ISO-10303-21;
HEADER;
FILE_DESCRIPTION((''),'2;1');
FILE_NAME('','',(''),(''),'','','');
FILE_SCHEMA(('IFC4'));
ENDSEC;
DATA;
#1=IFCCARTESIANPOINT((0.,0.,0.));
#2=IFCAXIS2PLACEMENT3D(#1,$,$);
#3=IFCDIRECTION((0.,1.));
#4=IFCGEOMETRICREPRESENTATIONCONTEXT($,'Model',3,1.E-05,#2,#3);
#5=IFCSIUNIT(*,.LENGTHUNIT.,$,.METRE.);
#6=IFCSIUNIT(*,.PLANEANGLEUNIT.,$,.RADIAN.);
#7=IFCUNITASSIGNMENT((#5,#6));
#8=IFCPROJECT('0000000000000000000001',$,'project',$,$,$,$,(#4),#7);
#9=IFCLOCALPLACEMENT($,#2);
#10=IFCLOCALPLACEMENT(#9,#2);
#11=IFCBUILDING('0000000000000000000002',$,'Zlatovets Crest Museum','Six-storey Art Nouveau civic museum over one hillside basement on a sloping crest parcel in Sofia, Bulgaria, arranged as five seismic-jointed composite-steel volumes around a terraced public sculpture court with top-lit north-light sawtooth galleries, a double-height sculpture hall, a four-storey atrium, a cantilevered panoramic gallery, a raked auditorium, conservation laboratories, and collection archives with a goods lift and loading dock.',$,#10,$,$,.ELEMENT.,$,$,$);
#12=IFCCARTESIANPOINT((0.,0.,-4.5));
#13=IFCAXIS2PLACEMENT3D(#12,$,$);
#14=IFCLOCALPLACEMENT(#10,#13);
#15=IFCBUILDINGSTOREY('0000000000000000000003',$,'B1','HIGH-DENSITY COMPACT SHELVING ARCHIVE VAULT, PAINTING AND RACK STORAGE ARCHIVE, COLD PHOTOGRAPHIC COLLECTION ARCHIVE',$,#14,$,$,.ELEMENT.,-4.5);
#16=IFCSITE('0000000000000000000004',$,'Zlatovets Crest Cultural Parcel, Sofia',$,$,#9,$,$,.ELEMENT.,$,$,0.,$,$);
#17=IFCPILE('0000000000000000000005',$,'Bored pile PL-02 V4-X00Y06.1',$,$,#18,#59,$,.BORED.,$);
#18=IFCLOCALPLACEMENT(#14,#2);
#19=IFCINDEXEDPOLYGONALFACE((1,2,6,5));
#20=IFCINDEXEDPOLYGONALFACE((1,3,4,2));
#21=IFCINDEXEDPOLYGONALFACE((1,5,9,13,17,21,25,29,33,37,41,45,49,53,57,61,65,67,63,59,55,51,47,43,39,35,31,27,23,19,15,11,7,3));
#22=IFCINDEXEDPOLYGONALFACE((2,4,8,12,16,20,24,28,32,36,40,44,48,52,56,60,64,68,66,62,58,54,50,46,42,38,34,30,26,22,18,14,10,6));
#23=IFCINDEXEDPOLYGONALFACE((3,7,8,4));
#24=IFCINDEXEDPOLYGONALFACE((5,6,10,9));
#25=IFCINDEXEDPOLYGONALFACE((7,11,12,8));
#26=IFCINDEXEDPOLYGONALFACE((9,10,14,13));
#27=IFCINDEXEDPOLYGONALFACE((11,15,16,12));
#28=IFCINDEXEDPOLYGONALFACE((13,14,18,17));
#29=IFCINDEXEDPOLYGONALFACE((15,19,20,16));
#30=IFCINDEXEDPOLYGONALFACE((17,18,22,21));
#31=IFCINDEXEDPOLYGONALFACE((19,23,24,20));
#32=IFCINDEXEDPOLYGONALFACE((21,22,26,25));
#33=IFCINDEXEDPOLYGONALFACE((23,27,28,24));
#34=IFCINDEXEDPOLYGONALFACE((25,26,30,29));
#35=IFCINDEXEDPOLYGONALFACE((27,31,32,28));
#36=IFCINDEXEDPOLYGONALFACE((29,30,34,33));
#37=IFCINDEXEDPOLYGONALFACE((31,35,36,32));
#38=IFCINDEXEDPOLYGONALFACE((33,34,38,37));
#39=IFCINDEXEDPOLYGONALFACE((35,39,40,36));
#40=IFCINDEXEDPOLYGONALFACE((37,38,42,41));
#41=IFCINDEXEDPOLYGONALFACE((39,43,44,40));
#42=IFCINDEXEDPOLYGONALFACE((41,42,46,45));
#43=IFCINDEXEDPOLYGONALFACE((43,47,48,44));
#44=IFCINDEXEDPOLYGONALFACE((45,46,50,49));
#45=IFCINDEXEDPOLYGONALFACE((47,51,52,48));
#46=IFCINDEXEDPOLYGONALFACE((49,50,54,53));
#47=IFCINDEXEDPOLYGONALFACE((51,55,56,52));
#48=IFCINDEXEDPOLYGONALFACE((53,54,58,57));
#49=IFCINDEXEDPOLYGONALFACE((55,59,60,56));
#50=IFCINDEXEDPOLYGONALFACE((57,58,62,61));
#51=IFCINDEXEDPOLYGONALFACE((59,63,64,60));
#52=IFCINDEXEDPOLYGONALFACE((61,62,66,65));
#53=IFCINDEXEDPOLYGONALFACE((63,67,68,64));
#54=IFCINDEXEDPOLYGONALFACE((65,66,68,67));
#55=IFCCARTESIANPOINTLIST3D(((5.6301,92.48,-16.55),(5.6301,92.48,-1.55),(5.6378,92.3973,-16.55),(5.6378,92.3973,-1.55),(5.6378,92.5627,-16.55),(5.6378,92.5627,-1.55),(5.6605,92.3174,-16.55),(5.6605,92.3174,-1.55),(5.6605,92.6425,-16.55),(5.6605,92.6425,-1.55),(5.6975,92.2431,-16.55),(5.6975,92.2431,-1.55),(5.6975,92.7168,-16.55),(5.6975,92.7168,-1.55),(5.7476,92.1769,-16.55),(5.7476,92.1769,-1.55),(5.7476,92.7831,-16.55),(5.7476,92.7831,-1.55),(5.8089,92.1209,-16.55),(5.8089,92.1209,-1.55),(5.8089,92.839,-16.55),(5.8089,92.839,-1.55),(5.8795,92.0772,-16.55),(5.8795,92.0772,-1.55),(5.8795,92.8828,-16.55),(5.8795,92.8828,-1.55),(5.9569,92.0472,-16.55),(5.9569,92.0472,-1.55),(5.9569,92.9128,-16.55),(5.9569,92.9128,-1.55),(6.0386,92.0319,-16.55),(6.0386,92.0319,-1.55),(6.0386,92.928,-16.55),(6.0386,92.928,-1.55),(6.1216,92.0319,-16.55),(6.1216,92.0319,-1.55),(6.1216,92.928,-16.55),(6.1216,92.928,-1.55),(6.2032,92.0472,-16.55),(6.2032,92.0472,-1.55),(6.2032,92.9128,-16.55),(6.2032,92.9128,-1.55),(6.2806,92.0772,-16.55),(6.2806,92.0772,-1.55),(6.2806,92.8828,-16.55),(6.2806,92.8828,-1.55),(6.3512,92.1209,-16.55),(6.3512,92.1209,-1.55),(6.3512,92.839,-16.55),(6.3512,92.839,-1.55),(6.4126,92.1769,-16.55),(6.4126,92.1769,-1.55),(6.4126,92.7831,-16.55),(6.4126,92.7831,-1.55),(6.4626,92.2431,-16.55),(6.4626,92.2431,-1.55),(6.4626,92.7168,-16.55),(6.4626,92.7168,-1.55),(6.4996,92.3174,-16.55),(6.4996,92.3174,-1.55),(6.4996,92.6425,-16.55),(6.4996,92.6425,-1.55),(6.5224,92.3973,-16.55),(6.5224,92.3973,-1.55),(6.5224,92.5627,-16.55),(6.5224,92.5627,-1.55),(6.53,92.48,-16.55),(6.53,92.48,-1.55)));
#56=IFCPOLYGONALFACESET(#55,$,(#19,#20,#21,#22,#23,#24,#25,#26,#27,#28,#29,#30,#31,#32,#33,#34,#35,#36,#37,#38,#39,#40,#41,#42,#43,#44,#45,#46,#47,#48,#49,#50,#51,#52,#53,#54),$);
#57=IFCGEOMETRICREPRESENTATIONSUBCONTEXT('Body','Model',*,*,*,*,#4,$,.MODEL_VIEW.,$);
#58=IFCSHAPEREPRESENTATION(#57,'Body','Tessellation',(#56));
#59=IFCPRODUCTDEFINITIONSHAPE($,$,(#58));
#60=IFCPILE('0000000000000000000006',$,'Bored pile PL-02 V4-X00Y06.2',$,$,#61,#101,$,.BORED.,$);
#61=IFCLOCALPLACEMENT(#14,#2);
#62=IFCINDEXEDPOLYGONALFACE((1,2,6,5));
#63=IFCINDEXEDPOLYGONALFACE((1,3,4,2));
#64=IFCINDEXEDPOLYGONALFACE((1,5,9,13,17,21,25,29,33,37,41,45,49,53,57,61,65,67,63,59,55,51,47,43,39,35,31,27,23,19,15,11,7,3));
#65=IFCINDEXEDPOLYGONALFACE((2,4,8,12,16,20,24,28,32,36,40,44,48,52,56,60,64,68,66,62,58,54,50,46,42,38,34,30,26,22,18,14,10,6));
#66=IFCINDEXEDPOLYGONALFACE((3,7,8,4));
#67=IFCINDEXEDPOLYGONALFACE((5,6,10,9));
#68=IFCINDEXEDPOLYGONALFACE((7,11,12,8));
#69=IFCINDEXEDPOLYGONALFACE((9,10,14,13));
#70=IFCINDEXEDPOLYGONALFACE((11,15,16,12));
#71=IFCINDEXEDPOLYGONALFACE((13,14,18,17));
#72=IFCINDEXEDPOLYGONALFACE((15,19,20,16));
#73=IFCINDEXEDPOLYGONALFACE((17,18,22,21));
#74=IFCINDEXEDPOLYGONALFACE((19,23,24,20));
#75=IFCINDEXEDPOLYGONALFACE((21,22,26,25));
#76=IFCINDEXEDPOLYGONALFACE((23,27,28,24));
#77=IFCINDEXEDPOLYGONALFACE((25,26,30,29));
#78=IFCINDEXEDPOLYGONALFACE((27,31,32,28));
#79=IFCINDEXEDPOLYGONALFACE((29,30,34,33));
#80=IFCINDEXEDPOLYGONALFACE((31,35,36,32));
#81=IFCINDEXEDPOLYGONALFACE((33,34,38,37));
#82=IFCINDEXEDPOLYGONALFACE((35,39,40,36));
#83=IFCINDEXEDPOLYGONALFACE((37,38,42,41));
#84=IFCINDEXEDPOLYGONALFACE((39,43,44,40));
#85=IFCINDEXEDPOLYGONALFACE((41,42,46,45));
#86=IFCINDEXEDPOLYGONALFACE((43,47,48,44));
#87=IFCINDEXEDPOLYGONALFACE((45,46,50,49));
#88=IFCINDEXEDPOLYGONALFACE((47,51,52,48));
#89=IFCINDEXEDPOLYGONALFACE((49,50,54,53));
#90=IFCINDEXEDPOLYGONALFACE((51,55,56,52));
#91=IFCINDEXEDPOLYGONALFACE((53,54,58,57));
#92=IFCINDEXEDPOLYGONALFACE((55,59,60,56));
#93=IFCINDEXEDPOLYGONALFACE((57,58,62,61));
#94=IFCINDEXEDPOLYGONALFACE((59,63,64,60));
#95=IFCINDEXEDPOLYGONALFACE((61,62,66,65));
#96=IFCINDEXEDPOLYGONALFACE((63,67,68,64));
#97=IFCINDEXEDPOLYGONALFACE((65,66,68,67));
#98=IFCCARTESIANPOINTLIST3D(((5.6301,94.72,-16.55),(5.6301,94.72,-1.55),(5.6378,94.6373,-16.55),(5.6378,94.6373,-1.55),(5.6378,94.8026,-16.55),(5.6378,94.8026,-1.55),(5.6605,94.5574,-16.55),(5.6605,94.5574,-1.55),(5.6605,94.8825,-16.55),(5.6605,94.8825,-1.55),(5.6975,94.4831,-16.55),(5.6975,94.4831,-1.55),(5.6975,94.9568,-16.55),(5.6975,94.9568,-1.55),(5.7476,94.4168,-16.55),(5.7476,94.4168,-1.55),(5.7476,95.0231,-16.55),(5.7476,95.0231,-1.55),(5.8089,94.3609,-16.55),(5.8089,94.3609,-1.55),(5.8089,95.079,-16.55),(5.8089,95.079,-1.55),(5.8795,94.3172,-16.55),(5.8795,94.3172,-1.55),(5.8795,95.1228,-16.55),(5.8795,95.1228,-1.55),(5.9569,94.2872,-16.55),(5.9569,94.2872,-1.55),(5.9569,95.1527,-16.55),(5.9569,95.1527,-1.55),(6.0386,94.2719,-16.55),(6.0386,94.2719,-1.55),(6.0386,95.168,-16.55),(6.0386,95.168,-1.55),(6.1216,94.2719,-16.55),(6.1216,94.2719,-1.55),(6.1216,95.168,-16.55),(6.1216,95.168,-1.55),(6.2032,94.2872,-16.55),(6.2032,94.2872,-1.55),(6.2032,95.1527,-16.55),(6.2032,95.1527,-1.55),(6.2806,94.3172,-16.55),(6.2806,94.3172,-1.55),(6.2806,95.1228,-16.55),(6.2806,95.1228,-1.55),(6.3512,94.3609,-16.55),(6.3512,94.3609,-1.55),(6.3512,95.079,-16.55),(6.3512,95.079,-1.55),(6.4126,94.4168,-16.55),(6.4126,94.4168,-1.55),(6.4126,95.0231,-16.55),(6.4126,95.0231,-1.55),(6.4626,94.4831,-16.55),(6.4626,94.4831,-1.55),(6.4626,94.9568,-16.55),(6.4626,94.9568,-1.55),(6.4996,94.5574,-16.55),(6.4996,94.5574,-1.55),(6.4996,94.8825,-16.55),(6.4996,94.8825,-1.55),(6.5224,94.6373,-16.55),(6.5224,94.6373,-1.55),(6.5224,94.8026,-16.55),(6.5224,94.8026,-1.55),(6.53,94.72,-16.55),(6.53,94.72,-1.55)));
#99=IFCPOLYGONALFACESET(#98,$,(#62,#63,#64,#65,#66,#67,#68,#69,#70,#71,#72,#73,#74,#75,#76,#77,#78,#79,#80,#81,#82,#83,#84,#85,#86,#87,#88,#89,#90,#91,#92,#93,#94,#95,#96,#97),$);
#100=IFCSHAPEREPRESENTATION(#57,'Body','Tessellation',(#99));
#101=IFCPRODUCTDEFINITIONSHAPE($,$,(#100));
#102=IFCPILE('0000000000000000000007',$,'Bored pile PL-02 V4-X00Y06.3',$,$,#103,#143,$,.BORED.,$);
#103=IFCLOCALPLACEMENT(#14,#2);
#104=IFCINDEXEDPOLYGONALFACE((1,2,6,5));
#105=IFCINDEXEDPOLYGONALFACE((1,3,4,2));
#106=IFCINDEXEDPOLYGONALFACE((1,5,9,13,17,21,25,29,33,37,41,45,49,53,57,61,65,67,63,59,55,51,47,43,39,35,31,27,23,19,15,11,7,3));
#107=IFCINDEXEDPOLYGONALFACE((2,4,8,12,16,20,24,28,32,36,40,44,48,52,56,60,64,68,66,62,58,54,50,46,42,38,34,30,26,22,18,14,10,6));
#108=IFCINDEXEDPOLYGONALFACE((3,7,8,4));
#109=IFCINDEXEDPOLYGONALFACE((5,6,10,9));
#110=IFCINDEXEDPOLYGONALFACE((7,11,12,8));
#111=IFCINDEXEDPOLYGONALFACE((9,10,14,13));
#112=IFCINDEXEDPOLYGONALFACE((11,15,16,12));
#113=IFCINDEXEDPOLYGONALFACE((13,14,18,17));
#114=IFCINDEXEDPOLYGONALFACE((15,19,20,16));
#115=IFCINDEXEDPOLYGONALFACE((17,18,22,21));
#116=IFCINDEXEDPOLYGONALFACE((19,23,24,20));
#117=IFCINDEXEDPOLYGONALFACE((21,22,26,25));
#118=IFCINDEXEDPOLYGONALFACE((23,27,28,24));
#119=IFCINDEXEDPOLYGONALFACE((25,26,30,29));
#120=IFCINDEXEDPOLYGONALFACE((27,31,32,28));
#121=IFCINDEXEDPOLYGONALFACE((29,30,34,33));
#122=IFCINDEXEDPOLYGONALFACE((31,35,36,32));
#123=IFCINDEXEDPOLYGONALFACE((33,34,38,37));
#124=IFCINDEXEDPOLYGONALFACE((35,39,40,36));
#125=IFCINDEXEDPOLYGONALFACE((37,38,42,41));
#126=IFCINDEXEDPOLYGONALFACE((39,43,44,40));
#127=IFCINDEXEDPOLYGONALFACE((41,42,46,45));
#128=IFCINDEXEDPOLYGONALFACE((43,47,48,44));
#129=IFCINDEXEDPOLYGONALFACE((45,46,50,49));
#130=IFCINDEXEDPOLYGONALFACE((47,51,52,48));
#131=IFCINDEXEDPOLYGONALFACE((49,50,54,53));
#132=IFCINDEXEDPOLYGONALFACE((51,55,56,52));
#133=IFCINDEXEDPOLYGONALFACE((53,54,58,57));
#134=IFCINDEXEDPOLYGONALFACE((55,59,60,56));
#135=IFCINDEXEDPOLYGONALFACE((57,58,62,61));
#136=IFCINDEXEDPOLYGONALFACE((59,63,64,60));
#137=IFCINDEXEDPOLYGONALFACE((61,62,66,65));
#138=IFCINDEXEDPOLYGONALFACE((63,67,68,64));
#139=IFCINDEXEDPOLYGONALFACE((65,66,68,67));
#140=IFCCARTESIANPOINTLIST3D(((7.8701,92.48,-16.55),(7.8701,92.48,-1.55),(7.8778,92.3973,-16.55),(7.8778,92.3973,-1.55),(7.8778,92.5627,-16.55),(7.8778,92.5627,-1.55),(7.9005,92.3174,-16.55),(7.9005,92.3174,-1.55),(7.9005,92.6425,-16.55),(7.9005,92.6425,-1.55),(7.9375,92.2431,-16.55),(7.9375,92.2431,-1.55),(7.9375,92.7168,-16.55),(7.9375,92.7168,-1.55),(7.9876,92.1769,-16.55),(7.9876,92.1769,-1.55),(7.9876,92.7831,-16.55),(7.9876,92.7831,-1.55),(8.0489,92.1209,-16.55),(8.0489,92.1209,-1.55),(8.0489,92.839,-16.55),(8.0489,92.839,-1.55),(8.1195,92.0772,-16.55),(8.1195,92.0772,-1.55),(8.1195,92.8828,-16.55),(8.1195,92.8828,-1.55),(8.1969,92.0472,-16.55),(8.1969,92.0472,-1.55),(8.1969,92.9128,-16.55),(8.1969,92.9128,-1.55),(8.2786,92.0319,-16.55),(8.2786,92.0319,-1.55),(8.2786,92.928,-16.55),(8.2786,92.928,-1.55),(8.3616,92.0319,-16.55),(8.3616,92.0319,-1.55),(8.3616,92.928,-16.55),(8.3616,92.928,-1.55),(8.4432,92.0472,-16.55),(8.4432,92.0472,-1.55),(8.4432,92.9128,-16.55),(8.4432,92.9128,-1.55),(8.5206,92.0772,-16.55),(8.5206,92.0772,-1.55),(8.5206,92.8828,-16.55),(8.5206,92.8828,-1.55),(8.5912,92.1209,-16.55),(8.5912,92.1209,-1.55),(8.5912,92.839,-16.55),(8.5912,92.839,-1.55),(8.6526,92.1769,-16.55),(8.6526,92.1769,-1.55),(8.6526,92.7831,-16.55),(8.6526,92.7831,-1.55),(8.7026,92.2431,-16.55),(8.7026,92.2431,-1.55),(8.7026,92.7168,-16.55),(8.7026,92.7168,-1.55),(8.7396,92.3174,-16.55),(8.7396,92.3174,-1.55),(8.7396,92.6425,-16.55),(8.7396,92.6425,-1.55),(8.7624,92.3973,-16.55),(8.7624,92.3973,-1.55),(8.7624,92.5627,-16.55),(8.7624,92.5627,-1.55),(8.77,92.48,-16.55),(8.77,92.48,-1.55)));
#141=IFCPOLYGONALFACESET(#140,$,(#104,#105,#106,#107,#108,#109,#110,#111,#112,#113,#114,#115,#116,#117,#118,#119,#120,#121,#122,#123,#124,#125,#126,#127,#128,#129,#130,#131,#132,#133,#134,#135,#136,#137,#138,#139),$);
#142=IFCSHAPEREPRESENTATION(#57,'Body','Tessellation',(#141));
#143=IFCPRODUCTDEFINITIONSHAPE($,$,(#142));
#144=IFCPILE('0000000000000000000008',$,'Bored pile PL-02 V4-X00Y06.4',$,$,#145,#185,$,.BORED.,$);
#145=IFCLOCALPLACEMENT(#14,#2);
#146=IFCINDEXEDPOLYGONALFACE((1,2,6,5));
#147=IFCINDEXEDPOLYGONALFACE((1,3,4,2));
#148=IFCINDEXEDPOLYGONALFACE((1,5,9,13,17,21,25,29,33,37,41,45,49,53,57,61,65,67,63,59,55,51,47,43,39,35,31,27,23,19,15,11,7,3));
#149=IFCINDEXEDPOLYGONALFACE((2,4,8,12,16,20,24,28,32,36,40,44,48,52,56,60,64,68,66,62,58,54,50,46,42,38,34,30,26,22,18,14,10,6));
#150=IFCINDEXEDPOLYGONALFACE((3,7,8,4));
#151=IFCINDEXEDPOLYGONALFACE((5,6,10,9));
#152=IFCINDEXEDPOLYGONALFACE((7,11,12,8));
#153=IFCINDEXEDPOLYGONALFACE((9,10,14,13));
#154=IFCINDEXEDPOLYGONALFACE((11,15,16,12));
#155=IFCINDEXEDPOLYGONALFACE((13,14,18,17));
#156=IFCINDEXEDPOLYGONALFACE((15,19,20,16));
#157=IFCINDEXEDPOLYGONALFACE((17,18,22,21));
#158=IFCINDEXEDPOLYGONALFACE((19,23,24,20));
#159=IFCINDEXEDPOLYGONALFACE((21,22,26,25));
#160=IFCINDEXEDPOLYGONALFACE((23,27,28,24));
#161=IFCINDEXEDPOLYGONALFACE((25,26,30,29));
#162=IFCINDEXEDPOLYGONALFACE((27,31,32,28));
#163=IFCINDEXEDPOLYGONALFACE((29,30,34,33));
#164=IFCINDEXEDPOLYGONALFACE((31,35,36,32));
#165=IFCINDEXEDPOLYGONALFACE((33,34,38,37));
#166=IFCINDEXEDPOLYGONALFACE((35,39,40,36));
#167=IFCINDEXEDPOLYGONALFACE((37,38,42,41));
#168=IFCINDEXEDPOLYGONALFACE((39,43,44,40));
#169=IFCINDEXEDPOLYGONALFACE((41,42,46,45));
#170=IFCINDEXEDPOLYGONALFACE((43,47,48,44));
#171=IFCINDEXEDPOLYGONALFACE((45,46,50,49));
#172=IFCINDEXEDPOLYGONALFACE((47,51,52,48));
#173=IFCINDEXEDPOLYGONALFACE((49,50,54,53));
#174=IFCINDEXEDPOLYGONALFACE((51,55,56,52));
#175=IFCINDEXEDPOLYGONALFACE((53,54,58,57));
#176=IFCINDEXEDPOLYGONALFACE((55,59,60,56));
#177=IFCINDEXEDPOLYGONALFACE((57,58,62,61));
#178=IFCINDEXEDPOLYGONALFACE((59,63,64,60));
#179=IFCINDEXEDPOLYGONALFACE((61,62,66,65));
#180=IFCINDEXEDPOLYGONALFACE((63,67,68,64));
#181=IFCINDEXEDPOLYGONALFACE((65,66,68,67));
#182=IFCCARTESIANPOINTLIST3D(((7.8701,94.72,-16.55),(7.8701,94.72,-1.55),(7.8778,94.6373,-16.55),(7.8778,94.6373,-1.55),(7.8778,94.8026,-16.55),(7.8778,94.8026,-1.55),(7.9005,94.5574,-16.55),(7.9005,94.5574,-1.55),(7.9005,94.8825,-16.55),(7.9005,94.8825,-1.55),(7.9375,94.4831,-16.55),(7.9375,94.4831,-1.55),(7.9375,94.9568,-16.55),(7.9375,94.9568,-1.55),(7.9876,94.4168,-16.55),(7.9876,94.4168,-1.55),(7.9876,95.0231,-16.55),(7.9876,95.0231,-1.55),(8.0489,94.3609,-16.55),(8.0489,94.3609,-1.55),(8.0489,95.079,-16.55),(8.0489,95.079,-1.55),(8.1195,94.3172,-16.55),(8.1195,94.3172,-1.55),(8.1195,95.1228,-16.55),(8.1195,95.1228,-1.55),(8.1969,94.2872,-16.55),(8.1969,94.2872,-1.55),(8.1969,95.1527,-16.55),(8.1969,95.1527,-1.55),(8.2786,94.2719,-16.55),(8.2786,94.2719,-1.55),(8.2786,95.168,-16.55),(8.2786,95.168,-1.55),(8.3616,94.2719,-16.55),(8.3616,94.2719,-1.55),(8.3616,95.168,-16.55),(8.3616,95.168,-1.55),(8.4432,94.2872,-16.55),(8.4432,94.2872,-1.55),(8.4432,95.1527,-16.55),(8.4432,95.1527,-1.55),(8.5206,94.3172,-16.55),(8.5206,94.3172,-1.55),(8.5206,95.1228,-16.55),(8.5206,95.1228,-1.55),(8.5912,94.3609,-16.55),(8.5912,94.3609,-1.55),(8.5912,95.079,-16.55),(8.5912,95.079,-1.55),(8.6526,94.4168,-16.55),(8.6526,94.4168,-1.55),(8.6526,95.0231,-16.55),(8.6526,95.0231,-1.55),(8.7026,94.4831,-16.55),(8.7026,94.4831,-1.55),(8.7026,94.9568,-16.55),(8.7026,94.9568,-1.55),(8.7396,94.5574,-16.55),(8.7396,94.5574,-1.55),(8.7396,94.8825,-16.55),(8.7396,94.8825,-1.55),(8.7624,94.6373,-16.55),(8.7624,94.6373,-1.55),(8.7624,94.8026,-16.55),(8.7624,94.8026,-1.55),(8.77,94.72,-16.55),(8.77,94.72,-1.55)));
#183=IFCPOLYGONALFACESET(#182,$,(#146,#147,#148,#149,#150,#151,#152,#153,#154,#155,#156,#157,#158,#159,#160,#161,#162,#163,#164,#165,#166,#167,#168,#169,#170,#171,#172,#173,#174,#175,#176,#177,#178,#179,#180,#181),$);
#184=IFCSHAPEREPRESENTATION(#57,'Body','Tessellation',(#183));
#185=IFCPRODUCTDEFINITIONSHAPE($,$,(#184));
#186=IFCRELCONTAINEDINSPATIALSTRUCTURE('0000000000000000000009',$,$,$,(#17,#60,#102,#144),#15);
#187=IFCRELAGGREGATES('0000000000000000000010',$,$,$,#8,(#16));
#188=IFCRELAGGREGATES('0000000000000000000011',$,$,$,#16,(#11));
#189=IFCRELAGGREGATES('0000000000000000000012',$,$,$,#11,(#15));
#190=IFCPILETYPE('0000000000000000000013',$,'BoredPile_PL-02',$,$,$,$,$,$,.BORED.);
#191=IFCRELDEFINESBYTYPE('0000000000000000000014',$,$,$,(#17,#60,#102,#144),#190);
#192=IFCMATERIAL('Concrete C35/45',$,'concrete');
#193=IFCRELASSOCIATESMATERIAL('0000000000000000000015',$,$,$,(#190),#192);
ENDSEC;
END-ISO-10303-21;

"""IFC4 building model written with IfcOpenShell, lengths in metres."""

from ifc_helpers import new_model, si_unit, direction, frame, origin, origin_2d, place, context, subcontext, project, spatial, circle, extrude, material, material_profile, profile_set, type_object, element, save


model = new_model("IFC4")

# Units and contexts
model_context = context("Model", 3, precision=1e-05, world=origin(), true_north=direction((0.0, 1.0)))
body_context = subcontext(model_context, "Body", "Model", "MODEL_VIEW")
ifc_project = project(units=[si_unit("LENGTHUNIT", "METRE"), si_unit("PLANEANGLEUNIT", "RADIAN")], contexts=[model_context])

# Site, building, storey
site_placement = place(None, origin())
site = spatial("IfcSite", under=ifc_project, at=site_placement, Name="Zlatovets Crest Cultural Parcel, Sofia", CompositionType="ELEMENT", RefElevation=0.0)
building_placement = place(site_placement, origin())
building = spatial("IfcBuilding", under=site, at=building_placement, Name="Zlatovets Crest Museum", Description="Six-storey Art Nouveau civic museum over one hillside basement on a sloping crest parcel in Sofia, Bulgaria, arranged as five seismic-jointed composite-steel volumes around a terraced public sculpture court with top-lit north-light sawtooth galleries, a double-height sculpture hall, a four-storey atrium, a cantilevered panoramic gallery, a raked auditorium, conservation laboratories, and collection archives with a goods lift and loading dock.", CompositionType="ELEMENT")
storey_placement = place(building_placement, frame((0.0, 0.0, -4.5)))
storey = spatial("IfcBuildingStorey", under=building, at=storey_placement, Name="B1", Description="HIGH-DENSITY COMPACT SHELVING ARCHIVE VAULT, PAINTING AND RACK STORAGE ARCHIVE, COLD PHOTOGRAPHIC COLLECTION ARCHIVE", CompositionType="ELEMENT", Elevation=-4.5)

# Piles
ifc_material = material(Name="Concrete C35/45", Category="concrete")
ifc_material_profile_1 = material_profile(ifc_material, circle(Radius=0.45, at=origin_2d()), Name="PILE D900")
ifc_profile_set_1 = profile_set([ifc_material_profile_1], Name="Concrete C35/45")
pile_type_1 = type_object("IfcPileType", Name="BoredPile_PL-02", PredefinedType="BORED", material=ifc_profile_set_1)
for number, where, z_axis, x_axis, name in (
    (1, (6.0801, 92.48, -1.55), (0.0, 0.0, -1.0), (1.0, 0.0, 0.0), "Bored pile PL-02 V4-X00Y06.1"),
    (2, (6.0801, 94.72, -1.55), (0.0, 0.0, -1.0), (1.0, 0.0, 0.0), "Bored pile PL-02 V4-X00Y06.2"),
    (3, (8.3201, 92.48, -1.55), (0.0, 0.0, -1.0), (1.0, 0.0, 0.0), "Bored pile PL-02 V4-X00Y06.3"),
    (4, (8.3201, 94.72, -1.55), (0.0, 0.0, -1.0), (1.0, 0.0, 0.0), "Bored pile PL-02 V4-X00Y06.4"),
):
    element("IfcPile", number, at=place(storey_placement, frame(where, z_axis=z_axis, x_axis=x_axis)), inside=storey, type_object=pile_type_1, Name=name, PredefinedType="BORED", context=body_context, shape_type="SweptSolid", body=[
        extrude(circle(Radius=0.45, at=origin_2d()), origin(), (0.0, 0.0, 1.0), 15.0),
    ])

save(model, "model.ifc")
